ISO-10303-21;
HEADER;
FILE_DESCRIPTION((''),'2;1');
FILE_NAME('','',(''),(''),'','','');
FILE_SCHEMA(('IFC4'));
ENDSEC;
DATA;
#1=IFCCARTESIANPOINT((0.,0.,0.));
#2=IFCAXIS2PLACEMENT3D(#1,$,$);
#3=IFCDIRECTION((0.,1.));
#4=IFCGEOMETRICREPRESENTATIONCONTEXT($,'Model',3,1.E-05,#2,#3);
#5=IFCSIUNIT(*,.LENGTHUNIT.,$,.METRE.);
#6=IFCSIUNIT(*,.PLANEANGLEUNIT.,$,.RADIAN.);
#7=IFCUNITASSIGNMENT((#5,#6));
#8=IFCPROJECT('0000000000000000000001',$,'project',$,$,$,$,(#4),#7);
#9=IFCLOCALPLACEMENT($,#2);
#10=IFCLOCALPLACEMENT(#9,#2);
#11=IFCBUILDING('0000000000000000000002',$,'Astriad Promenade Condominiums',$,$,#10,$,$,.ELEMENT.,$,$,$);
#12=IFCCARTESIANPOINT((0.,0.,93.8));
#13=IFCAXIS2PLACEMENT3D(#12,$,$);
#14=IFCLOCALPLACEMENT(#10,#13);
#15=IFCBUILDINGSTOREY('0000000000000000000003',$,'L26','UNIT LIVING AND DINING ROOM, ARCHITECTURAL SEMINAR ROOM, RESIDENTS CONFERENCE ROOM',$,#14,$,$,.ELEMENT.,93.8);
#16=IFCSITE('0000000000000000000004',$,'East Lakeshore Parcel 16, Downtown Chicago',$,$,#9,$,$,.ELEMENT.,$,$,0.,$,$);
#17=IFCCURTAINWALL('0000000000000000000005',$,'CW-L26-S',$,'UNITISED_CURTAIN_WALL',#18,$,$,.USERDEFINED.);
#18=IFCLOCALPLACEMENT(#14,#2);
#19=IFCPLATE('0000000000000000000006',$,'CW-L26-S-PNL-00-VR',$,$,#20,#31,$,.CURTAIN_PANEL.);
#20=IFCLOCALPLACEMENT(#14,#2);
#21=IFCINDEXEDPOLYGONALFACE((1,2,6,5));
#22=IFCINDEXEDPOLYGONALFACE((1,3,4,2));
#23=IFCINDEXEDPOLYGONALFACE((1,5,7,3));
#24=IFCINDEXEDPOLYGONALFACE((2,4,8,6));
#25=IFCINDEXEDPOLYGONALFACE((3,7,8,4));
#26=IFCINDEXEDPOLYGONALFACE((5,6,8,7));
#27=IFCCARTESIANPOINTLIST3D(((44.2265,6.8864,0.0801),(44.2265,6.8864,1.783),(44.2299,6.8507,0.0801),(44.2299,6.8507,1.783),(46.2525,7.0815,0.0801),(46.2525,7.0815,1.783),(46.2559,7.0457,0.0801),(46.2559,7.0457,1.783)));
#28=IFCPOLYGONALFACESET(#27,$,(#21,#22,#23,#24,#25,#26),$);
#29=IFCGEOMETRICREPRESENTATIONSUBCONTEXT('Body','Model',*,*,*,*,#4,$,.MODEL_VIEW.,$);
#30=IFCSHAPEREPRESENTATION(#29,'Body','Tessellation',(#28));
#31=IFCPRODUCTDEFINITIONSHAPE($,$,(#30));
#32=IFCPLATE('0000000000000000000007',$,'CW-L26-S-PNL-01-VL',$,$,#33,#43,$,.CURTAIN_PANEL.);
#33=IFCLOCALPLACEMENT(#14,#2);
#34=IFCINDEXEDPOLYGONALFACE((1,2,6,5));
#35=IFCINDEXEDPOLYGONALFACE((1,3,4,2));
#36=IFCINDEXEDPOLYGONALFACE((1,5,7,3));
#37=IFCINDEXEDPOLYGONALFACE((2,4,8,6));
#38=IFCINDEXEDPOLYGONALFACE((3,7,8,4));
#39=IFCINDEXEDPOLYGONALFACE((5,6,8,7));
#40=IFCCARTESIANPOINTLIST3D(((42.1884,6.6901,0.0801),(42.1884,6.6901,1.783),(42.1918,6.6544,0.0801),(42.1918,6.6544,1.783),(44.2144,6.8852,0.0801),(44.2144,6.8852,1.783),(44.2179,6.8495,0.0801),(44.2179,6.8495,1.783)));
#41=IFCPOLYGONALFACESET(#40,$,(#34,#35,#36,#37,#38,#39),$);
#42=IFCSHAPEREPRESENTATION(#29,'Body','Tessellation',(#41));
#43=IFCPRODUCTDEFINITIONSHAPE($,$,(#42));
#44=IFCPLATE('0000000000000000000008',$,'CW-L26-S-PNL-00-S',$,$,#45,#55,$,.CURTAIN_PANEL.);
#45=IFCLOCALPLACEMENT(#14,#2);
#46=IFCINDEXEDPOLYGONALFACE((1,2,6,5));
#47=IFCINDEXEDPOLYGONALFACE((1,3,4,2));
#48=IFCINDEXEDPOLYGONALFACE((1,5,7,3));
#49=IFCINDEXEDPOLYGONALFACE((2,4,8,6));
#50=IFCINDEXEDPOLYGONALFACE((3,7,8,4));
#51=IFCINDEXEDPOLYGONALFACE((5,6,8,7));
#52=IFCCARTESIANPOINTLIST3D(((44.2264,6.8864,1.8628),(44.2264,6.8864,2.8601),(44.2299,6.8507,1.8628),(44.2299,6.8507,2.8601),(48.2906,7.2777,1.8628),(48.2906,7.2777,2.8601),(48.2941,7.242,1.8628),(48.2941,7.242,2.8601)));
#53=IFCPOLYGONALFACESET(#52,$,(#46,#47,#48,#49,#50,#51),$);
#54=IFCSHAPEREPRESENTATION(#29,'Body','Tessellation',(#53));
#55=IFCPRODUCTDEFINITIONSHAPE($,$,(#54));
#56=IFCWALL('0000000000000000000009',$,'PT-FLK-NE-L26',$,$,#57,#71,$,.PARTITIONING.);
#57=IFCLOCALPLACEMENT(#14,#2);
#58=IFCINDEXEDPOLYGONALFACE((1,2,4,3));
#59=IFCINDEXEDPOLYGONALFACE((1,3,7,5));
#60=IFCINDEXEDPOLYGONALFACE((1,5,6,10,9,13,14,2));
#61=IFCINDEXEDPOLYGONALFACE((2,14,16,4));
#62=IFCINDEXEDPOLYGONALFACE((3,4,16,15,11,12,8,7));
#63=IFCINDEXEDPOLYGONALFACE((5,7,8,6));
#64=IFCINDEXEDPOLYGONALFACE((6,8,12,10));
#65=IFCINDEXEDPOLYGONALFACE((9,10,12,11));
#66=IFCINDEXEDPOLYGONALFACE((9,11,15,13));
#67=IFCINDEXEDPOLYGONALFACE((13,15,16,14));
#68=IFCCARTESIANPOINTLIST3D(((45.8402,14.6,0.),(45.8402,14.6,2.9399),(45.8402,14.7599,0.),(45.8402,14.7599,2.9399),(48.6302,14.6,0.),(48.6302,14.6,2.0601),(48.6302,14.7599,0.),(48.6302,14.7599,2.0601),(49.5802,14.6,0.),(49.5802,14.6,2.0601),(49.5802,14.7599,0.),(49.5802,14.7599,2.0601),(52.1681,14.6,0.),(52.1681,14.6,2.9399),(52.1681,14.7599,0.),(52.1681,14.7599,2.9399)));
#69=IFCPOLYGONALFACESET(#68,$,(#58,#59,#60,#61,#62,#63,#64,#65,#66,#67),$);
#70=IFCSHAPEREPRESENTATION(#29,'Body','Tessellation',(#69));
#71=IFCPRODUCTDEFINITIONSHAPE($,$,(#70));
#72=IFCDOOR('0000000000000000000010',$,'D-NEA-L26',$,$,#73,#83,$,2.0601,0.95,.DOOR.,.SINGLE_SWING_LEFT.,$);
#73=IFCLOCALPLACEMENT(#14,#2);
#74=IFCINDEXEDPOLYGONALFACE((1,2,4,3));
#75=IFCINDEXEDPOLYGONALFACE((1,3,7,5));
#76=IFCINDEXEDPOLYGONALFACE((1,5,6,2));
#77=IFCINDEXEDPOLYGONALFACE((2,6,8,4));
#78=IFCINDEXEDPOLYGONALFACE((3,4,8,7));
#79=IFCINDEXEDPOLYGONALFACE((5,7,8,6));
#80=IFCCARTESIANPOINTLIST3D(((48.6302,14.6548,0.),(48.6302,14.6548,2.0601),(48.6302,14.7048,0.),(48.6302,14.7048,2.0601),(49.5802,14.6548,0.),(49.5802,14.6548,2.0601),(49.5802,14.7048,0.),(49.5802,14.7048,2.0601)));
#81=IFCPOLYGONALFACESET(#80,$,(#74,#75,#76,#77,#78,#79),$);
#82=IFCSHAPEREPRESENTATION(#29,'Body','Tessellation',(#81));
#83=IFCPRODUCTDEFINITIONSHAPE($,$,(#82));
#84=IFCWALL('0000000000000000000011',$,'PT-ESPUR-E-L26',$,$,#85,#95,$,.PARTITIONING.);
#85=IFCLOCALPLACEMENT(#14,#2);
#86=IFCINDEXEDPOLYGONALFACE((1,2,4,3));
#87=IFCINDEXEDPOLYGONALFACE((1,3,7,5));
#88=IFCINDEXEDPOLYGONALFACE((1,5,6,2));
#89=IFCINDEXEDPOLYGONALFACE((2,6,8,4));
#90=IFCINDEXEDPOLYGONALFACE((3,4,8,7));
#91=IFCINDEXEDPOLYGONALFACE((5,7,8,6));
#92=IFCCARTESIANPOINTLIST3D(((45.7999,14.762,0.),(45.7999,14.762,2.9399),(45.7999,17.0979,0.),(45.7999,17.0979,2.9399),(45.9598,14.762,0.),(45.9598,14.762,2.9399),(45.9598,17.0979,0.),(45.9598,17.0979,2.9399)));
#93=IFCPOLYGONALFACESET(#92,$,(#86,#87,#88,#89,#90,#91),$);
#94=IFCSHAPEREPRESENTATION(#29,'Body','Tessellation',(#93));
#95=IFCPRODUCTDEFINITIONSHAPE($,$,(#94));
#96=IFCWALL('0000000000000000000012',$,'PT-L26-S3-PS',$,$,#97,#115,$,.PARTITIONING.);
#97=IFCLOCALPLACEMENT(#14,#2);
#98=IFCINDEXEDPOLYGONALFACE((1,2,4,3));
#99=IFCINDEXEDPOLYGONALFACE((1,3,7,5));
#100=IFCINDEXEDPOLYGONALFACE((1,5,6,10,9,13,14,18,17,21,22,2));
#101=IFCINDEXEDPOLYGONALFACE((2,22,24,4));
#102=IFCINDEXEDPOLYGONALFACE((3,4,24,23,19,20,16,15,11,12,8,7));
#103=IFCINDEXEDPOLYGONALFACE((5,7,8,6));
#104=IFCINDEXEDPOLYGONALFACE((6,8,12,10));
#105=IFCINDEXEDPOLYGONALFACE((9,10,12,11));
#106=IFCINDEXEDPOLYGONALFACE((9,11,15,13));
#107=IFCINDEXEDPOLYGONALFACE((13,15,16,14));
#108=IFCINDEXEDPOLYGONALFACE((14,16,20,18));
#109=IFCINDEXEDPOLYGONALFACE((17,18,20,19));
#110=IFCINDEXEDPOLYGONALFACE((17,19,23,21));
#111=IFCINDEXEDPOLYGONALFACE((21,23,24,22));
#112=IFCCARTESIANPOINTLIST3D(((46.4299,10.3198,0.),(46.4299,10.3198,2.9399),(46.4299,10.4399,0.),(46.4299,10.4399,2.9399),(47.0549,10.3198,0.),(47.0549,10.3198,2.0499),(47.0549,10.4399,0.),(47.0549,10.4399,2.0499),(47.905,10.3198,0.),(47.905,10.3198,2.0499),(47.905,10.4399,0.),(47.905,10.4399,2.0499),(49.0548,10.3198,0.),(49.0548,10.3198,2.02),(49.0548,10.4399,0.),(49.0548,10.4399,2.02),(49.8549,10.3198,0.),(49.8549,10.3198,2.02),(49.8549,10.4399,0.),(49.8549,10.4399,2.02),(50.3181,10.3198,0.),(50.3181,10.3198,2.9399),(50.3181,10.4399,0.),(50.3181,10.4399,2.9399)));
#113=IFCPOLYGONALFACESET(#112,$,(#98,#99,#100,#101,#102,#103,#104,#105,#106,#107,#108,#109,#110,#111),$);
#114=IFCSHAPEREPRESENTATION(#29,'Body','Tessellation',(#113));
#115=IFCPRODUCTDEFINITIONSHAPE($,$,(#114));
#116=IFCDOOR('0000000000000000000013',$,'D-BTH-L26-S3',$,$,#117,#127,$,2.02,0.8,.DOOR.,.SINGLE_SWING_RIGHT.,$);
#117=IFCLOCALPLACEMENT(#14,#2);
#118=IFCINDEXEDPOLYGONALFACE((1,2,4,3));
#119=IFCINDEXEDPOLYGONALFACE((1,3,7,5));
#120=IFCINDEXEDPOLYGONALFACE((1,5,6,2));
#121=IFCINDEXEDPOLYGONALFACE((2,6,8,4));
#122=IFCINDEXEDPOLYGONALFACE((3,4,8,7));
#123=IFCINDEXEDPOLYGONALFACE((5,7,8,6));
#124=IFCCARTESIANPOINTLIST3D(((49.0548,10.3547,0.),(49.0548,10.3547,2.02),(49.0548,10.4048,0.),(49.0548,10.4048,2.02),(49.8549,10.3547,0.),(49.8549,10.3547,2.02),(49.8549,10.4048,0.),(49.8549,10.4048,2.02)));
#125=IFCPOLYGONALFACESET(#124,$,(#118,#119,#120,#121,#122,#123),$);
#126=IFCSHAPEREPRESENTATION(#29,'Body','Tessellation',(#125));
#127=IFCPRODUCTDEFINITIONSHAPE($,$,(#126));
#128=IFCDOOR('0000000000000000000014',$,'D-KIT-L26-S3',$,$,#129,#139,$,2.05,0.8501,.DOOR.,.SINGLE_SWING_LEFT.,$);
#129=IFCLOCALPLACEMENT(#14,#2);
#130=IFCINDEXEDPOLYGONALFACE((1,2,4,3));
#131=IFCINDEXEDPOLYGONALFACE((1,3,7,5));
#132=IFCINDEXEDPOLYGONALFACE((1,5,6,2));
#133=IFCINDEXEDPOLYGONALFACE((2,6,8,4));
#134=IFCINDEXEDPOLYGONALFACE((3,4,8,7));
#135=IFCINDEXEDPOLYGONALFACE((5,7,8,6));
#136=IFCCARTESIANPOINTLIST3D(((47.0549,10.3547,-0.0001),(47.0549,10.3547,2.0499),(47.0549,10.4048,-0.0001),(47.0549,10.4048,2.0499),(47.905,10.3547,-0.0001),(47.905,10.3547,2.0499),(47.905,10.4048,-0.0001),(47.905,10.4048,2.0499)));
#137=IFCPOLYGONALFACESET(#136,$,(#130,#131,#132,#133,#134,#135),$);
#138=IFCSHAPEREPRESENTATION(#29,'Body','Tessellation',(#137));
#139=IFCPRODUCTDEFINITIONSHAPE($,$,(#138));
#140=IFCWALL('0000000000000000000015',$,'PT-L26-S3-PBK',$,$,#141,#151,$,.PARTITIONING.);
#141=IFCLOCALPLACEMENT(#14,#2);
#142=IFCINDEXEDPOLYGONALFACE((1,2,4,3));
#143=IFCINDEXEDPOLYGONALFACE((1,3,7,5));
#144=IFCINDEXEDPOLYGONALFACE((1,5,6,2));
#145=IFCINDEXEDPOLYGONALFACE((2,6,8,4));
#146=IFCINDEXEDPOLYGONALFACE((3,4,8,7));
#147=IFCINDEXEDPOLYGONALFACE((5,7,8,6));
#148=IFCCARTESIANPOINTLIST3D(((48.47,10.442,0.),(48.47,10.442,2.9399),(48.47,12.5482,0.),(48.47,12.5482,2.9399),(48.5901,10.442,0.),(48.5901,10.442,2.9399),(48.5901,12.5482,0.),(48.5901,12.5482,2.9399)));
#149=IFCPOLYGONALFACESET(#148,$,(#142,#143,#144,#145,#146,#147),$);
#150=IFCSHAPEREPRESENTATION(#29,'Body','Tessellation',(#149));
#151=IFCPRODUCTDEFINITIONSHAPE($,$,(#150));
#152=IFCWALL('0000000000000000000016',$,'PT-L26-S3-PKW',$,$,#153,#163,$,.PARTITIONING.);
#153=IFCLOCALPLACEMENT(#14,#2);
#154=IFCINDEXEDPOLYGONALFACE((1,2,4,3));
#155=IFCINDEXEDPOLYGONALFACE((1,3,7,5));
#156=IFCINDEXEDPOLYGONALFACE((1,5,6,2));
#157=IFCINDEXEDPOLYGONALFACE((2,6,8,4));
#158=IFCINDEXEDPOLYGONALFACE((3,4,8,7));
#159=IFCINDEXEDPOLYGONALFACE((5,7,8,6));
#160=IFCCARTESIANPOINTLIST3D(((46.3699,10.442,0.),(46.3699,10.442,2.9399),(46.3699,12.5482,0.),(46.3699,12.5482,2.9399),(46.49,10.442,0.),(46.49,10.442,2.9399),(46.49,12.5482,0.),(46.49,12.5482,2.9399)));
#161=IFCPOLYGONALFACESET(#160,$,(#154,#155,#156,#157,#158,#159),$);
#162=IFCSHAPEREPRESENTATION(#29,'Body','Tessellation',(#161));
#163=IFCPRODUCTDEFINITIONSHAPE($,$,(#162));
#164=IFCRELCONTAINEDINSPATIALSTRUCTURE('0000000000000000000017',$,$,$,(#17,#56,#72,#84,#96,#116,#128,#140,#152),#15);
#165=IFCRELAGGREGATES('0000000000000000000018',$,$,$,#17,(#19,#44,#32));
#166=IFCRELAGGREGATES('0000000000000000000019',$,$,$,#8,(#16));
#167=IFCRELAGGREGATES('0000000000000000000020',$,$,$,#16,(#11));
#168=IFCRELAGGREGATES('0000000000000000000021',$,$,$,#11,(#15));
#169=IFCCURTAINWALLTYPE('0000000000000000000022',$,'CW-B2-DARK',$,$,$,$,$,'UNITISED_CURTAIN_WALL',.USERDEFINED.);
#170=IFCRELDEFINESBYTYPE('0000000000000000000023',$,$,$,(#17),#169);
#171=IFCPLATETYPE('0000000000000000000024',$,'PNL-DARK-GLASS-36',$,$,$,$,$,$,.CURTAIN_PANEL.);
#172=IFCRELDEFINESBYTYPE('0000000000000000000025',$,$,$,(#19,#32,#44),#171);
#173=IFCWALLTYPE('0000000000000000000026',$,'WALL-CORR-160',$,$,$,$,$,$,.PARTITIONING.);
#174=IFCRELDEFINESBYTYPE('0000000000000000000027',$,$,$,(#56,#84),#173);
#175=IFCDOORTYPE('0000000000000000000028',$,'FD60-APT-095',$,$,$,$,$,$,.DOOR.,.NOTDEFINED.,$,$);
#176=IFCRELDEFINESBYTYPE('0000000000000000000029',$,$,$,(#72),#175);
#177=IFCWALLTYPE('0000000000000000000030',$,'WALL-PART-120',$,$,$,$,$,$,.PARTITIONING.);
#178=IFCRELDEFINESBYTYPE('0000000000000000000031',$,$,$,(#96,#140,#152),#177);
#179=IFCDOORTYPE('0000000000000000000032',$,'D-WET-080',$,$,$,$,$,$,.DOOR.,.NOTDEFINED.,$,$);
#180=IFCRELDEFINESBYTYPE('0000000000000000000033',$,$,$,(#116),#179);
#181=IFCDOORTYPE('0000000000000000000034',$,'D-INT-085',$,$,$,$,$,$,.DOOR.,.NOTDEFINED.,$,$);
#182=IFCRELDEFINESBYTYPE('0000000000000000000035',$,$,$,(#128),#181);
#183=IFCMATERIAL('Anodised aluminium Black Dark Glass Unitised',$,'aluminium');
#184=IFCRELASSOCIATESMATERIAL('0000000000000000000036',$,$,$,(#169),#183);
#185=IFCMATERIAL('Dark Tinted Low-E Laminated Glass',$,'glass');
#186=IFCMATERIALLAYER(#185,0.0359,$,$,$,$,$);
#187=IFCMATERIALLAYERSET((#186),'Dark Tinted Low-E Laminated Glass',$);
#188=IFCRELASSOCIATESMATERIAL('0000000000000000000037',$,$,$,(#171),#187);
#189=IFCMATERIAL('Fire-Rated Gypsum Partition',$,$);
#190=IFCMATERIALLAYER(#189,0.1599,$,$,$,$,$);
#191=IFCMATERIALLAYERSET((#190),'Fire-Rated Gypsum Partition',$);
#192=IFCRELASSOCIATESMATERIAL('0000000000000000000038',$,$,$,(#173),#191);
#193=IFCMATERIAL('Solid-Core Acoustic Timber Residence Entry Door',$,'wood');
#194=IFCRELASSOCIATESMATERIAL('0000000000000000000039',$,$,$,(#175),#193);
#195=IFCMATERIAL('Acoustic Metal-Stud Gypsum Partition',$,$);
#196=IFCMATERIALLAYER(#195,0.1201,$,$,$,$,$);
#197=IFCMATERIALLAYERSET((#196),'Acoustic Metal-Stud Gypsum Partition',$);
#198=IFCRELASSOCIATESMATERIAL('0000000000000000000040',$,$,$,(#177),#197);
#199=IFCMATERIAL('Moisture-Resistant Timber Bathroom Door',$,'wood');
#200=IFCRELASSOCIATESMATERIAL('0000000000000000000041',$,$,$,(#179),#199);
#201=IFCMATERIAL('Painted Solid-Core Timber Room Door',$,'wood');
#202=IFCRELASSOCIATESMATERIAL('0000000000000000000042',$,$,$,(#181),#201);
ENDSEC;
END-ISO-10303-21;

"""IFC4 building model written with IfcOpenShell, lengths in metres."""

from ifc_helpers import new_model, si_unit, direction, frame, frame_2d, origin, origin_2d, place, context, subcontext, project, spatial, rectangle, extrude, source, transform, mapped, material, layer, layer_set, type_object, type_shapes, element, fill, aggregate, save


model = new_model("IFC4")

# Units and contexts
model_context = context("Model", 3, precision=1e-05, world=origin(), true_north=direction((0.0, 1.0)))
body_context = subcontext(model_context, "Body", "Model", "MODEL_VIEW")
ifc_project = project(units=[si_unit("LENGTHUNIT", "METRE"), si_unit("PLANEANGLEUNIT", "RADIAN")], contexts=[model_context])

# Site, building, storey
site_placement = place(None, origin())
site = spatial("IfcSite", under=ifc_project, at=site_placement, Name="East Lakeshore Parcel 16, Downtown Chicago", CompositionType="ELEMENT", RefElevation=0.0)
building_placement = place(site_placement, origin())
building = spatial("IfcBuilding", under=site, at=building_placement, Name="Astriad Promenade Condominiums", CompositionType="ELEMENT")
storey_placement = place(building_placement, frame((0.0, 0.0, 93.8)))
storey = spatial("IfcBuildingStorey", under=building, at=storey_placement, Name="L26", Description="UNIT LIVING AND DINING ROOM, ARCHITECTURAL SEMINAR ROOM, RESIDENTS CONFERENCE ROOM", CompositionType="ELEMENT", Elevation=93.8)

# Curtain wall, plates
ifc_material_1 = material(Name="Anodised aluminium Black Dark Glass Unitised", Category="aluminium")
curtain_wall_type = type_object("IfcCurtainWallType", Name="CW-B2-DARK", ElementType="UNITISED_CURTAIN_WALL", PredefinedType="USERDEFINED", material=ifc_material_1)
curtain_wall_placement = place(storey_placement, origin())
curtain_wall = element("IfcCurtainWall", 1, at=curtain_wall_placement, inside=storey, type_object=curtain_wall_type, Name="CW-L26-S", ObjectType="UNITISED_CURTAIN_WALL", PredefinedType="USERDEFINED")
ifc_material_2 = material(Name="Dark Tinted Low-E Laminated Glass", Category="glass")
ifc_layer_1 = layer(ifc_material_2, 0.0359)
ifc_layer_set_1 = layer_set([ifc_layer_1], Name="Dark Tinted Low-E Laminated Glass")
plate_type = type_object("IfcPlateType", Name="PNL-DARK-GLASS-36", PredefinedType="CURTAIN_PANEL", material=ifc_layer_set_1)
shared_shape_1 = source(origin(), body_context, "Body", "SweptSolid", [
    extrude(rectangle(XDim=2.0354, YDim=0.0359, at=origin_2d()), origin(), (0.0, 0.0, 1.0), 1.7029),
])
plate_1_placement = place(storey_placement, frame((45.2412, 6.9661, 0.0801), z_axis=(0.0, 0.0, 1.0), x_axis=(-0.995396, -0.095846, 0.0)))
plate_1 = element("IfcPlate", 2, at=plate_1_placement, type_object=plate_type, Name="CW-L26-S-PNL-00-VR", PredefinedType="CURTAIN_PANEL", context=body_context, shape_type="MappedRepresentation", body=[
    mapped(shared_shape_1, transform((0.0, 0.0, 0.0), scale=1.0)),
])
plate_2_placement = place(storey_placement, frame((43.2031, 6.7698, 0.0801), z_axis=(0.0, 0.0, 1.0), x_axis=(-0.995396, -0.095846, 0.0)))
plate_2 = element("IfcPlate", 3, at=plate_2_placement, type_object=plate_type, Name="CW-L26-S-PNL-01-VL", PredefinedType="CURTAIN_PANEL", context=body_context, shape_type="MappedRepresentation", body=[
    mapped(shared_shape_1, transform((0.0, 0.0, 0.0), scale=1.0)),
])
shared_shape_2 = source(origin(), body_context, "Body", "SweptSolid", [
    extrude(rectangle(XDim=4.083, YDim=0.0359, at=origin_2d()), origin(), (0.0, 0.0, 1.0), 0.9973),
])
type_shapes(plate_type, [shared_shape_1, shared_shape_2])
plate_3_placement = place(storey_placement, frame((46.2603, 7.0642, 1.8628), z_axis=(0.0, 0.0, 1.0), x_axis=(-0.995396, -0.095846, 0.0)))
plate_3 = element("IfcPlate", 4, at=plate_3_placement, type_object=plate_type, Name="CW-L26-S-PNL-00-S", PredefinedType="CURTAIN_PANEL", context=body_context, shape_type="MappedRepresentation", body=[
    mapped(shared_shape_2, transform((0.0, 0.0, 0.0), scale=1.0)),
])
aggregate(curtain_wall, [plate_1, plate_3, plate_2])

# Wall, opening, door
ifc_material_3 = material(Name="Fire-Rated Gypsum Partition")
ifc_layer_2 = layer(ifc_material_3, 0.1599)
ifc_layer_set_2 = layer_set([ifc_layer_2], Name="Fire-Rated Gypsum Partition")
wall_type_1 = type_object("IfcWallType", Name="WALL-CORR-160", PredefinedType="PARTITIONING", material=ifc_layer_set_2)
wall_1_placement = place(storey_placement, frame((45.8401, 14.6799, 0.0), z_axis=(0.0, 0.0, 1.0), x_axis=(1.0, 0.0, 0.0)))
wall_1 = element("IfcWall", 5, at=wall_1_placement, inside=storey, type_object=wall_type_1, Name="PT-FLK-NE-L26", PredefinedType="PARTITIONING", context=body_context, shape_type="SweptSolid", body=[
    extrude(rectangle(XDim=6.3279, YDim=0.1599, at=frame_2d((3.1641, 0.0))), origin(), (0.0, 0.0, 1.0), 2.9399),
])
opening_1_placement = place(wall_1_placement, frame((2.79, 0.0, 0.0)))
opening_1 = element("IfcOpeningElement", 6, at=opening_1_placement, cuts=wall_1, PredefinedType="OPENING", context=body_context, shape_type="SweptSolid", body=[
    extrude(rectangle(XDim=0.95, YDim=2.0601, at=frame_2d((0.4751, 1.03))), frame((0.0, 0.0898, 0.0), z_axis=(0.0, -1.0, 0.0), x_axis=(1.0, 0.0, 0.0)), (0.0, 0.0, 1.0), 0.1799),
])
ifc_material_4 = material(Name="Solid-Core Acoustic Timber Residence Entry Door", Category="wood")
door_type_1 = type_object("IfcDoorType", Name="FD60-APT-095", OperationType="NOTDEFINED", PredefinedType="DOOR", material=ifc_material_4)
shared_shape_3 = source(origin(), body_context, "Body", "SweptSolid", [
    extrude(rectangle(XDim=0.95, YDim=2.0601, at=frame_2d((0.4751, 1.03))), frame((0.0, 0.0249, 0.0), z_axis=(0.0, -1.0, 0.0), x_axis=(1.0, 0.0, 0.0)), (0.0, 0.0, 1.0), 0.05),
])
type_shapes(door_type_1, [shared_shape_3])
door_1_placement = place(opening_1_placement, origin())
door_1 = element("IfcDoor", 7, at=door_1_placement, inside=storey, type_object=door_type_1, Name="D-NEA-L26", OperationType="SINGLE_SWING_LEFT", OverallHeight=2.0601, OverallWidth=0.95, PredefinedType="DOOR", context=body_context, shape_type="MappedRepresentation", body=[
    mapped(shared_shape_3, transform((0.0, 0.0, 0.0), scale=1.0)),
])
fill(opening_1, door_1)

# Wall
wall_2_placement = place(storey_placement, frame((45.8799, 14.762, 0.0), z_axis=(0.0, 0.0, 1.0), x_axis=(0.0, 1.0, 0.0)))
element("IfcWall", 8, at=wall_2_placement, inside=storey, type_object=wall_type_1, Name="PT-ESPUR-E-L26", PredefinedType="PARTITIONING", context=body_context, shape_type="SweptSolid", body=[
    extrude(rectangle(XDim=2.3359, YDim=0.1599, at=frame_2d((1.168, 0.0))), origin(), (0.0, 0.0, 1.0), 2.9399),
])

# Wall, openings, doors
ifc_material_5 = material(Name="Acoustic Metal-Stud Gypsum Partition")
ifc_layer_3 = layer(ifc_material_5, 0.1201)
ifc_layer_set_3 = layer_set([ifc_layer_3], Name="Acoustic Metal-Stud Gypsum Partition")
wall_type_2 = type_object("IfcWallType", Name="WALL-PART-120", PredefinedType="PARTITIONING", material=ifc_layer_set_3)
wall_3_placement = place(storey_placement, frame((46.4299, 10.3799, 0.0), z_axis=(0.0, 0.0, 1.0), x_axis=(1.0, 0.0, 0.0)))
wall_3 = element("IfcWall", 9, at=wall_3_placement, inside=storey, type_object=wall_type_2, Name="PT-L26-S3-PS", PredefinedType="PARTITIONING", context=body_context, shape_type="SweptSolid", body=[
    extrude(rectangle(XDim=3.8882, YDim=0.1201, at=frame_2d((1.9441, 0.0))), origin(), (0.0, 0.0, 1.0), 2.9399),
])
opening_2_placement = place(wall_3_placement, frame((0.625, 0.0, 0.0)))
opening_2 = element("IfcOpeningElement", 10, at=opening_2_placement, cuts=wall_3, PredefinedType="OPENING", context=body_context, shape_type="SweptSolid", body=[
    extrude(rectangle(XDim=0.8501, YDim=2.05, at=frame_2d((0.425, 1.0249))), frame((0.0, 0.0701, 0.0), z_axis=(0.0, -1.0, 0.0), x_axis=(1.0, 0.0, 0.0)), (0.0, 0.0, 1.0), 0.1401),
])
opening_3_placement = place(wall_3_placement, frame((2.625, 0.0, 0.0)))
opening_3 = element("IfcOpeningElement", 11, at=opening_3_placement, cuts=wall_3, PredefinedType="OPENING", context=body_context, shape_type="SweptSolid", body=[
    extrude(rectangle(XDim=0.8, YDim=2.02, at=frame_2d((0.3999, 1.01))), frame((0.0, 0.0701, 0.0), z_axis=(0.0, -1.0, 0.0), x_axis=(1.0, 0.0, 0.0)), (0.0, 0.0, 1.0), 0.1401),
])
ifc_material_6 = material(Name="Moisture-Resistant Timber Bathroom Door", Category="wood")
door_type_2 = type_object("IfcDoorType", Name="D-WET-080", OperationType="NOTDEFINED", PredefinedType="DOOR", material=ifc_material_6)
shared_shape_4 = source(origin(), body_context, "Body", "SweptSolid", [
    extrude(rectangle(XDim=0.8, YDim=2.02, at=frame_2d((0.3999, 1.01))), frame((0.0, 0.0249, 0.0), z_axis=(0.0, -1.0, 0.0), x_axis=(1.0, 0.0, 0.0)), (0.0, 0.0, 1.0), 0.05),
])
type_shapes(door_type_2, [shared_shape_4])
door_2_placement = place(opening_3_placement, origin())
door_2 = element("IfcDoor", 12, at=door_2_placement, inside=storey, type_object=door_type_2, Name="D-BTH-L26-S3", OperationType="SINGLE_SWING_RIGHT", OverallHeight=2.02, OverallWidth=0.8, PredefinedType="DOOR", context=body_context, shape_type="MappedRepresentation", body=[
    mapped(shared_shape_4, transform((0.0, 0.0, 0.0), scale=1.0)),
])
fill(opening_3, door_2)
ifc_material_7 = material(Name="Painted Solid-Core Timber Room Door", Category="wood")
door_type_3 = type_object("IfcDoorType", Name="D-INT-085", OperationType="NOTDEFINED", PredefinedType="DOOR", material=ifc_material_7)
shared_shape_5 = source(origin(), body_context, "Body", "SweptSolid", [
    extrude(rectangle(XDim=0.8501, YDim=2.05, at=frame_2d((0.425, 1.0249))), frame((0.0, 0.0249, 0.0), z_axis=(0.0, -1.0, 0.0), x_axis=(1.0, 0.0, 0.0)), (0.0, 0.0, 1.0), 0.05),
])
type_shapes(door_type_3, [shared_shape_5])
door_3_placement = place(opening_2_placement, origin())
door_3 = element("IfcDoor", 13, at=door_3_placement, inside=storey, type_object=door_type_3, Name="D-KIT-L26-S3", OperationType="SINGLE_SWING_LEFT", OverallHeight=2.05, OverallWidth=0.8501, PredefinedType="DOOR", context=body_context, shape_type="MappedRepresentation", body=[
    mapped(shared_shape_5, transform((0.0, 0.0, 0.0), scale=1.0)),
])
fill(opening_2, door_3)

# Walls
for number, where, z_axis, x_axis, name in (
    (14, (48.53, 10.4419, 0.0), (0.0, 0.0, 1.0), (0.0, 1.0, 0.0), "PT-L26-S3-PBK"),
    (15, (46.4299, 10.4419, 0.0), (0.0, 0.0, 1.0), (0.0, 1.0, 0.0), "PT-L26-S3-PKW"),
):
    element("IfcWall", number, at=place(storey_placement, frame(where, z_axis=z_axis, x_axis=x_axis)), inside=storey, type_object=wall_type_2, Name=name, PredefinedType="PARTITIONING", context=body_context, shape_type="SweptSolid", body=[
        extrude(rectangle(XDim=2.1062, YDim=0.1201, at=frame_2d((1.0532, 0.0))), origin(), (0.0, 0.0, 1.0), 2.9399),
    ])

save(model, "model.ifc")
